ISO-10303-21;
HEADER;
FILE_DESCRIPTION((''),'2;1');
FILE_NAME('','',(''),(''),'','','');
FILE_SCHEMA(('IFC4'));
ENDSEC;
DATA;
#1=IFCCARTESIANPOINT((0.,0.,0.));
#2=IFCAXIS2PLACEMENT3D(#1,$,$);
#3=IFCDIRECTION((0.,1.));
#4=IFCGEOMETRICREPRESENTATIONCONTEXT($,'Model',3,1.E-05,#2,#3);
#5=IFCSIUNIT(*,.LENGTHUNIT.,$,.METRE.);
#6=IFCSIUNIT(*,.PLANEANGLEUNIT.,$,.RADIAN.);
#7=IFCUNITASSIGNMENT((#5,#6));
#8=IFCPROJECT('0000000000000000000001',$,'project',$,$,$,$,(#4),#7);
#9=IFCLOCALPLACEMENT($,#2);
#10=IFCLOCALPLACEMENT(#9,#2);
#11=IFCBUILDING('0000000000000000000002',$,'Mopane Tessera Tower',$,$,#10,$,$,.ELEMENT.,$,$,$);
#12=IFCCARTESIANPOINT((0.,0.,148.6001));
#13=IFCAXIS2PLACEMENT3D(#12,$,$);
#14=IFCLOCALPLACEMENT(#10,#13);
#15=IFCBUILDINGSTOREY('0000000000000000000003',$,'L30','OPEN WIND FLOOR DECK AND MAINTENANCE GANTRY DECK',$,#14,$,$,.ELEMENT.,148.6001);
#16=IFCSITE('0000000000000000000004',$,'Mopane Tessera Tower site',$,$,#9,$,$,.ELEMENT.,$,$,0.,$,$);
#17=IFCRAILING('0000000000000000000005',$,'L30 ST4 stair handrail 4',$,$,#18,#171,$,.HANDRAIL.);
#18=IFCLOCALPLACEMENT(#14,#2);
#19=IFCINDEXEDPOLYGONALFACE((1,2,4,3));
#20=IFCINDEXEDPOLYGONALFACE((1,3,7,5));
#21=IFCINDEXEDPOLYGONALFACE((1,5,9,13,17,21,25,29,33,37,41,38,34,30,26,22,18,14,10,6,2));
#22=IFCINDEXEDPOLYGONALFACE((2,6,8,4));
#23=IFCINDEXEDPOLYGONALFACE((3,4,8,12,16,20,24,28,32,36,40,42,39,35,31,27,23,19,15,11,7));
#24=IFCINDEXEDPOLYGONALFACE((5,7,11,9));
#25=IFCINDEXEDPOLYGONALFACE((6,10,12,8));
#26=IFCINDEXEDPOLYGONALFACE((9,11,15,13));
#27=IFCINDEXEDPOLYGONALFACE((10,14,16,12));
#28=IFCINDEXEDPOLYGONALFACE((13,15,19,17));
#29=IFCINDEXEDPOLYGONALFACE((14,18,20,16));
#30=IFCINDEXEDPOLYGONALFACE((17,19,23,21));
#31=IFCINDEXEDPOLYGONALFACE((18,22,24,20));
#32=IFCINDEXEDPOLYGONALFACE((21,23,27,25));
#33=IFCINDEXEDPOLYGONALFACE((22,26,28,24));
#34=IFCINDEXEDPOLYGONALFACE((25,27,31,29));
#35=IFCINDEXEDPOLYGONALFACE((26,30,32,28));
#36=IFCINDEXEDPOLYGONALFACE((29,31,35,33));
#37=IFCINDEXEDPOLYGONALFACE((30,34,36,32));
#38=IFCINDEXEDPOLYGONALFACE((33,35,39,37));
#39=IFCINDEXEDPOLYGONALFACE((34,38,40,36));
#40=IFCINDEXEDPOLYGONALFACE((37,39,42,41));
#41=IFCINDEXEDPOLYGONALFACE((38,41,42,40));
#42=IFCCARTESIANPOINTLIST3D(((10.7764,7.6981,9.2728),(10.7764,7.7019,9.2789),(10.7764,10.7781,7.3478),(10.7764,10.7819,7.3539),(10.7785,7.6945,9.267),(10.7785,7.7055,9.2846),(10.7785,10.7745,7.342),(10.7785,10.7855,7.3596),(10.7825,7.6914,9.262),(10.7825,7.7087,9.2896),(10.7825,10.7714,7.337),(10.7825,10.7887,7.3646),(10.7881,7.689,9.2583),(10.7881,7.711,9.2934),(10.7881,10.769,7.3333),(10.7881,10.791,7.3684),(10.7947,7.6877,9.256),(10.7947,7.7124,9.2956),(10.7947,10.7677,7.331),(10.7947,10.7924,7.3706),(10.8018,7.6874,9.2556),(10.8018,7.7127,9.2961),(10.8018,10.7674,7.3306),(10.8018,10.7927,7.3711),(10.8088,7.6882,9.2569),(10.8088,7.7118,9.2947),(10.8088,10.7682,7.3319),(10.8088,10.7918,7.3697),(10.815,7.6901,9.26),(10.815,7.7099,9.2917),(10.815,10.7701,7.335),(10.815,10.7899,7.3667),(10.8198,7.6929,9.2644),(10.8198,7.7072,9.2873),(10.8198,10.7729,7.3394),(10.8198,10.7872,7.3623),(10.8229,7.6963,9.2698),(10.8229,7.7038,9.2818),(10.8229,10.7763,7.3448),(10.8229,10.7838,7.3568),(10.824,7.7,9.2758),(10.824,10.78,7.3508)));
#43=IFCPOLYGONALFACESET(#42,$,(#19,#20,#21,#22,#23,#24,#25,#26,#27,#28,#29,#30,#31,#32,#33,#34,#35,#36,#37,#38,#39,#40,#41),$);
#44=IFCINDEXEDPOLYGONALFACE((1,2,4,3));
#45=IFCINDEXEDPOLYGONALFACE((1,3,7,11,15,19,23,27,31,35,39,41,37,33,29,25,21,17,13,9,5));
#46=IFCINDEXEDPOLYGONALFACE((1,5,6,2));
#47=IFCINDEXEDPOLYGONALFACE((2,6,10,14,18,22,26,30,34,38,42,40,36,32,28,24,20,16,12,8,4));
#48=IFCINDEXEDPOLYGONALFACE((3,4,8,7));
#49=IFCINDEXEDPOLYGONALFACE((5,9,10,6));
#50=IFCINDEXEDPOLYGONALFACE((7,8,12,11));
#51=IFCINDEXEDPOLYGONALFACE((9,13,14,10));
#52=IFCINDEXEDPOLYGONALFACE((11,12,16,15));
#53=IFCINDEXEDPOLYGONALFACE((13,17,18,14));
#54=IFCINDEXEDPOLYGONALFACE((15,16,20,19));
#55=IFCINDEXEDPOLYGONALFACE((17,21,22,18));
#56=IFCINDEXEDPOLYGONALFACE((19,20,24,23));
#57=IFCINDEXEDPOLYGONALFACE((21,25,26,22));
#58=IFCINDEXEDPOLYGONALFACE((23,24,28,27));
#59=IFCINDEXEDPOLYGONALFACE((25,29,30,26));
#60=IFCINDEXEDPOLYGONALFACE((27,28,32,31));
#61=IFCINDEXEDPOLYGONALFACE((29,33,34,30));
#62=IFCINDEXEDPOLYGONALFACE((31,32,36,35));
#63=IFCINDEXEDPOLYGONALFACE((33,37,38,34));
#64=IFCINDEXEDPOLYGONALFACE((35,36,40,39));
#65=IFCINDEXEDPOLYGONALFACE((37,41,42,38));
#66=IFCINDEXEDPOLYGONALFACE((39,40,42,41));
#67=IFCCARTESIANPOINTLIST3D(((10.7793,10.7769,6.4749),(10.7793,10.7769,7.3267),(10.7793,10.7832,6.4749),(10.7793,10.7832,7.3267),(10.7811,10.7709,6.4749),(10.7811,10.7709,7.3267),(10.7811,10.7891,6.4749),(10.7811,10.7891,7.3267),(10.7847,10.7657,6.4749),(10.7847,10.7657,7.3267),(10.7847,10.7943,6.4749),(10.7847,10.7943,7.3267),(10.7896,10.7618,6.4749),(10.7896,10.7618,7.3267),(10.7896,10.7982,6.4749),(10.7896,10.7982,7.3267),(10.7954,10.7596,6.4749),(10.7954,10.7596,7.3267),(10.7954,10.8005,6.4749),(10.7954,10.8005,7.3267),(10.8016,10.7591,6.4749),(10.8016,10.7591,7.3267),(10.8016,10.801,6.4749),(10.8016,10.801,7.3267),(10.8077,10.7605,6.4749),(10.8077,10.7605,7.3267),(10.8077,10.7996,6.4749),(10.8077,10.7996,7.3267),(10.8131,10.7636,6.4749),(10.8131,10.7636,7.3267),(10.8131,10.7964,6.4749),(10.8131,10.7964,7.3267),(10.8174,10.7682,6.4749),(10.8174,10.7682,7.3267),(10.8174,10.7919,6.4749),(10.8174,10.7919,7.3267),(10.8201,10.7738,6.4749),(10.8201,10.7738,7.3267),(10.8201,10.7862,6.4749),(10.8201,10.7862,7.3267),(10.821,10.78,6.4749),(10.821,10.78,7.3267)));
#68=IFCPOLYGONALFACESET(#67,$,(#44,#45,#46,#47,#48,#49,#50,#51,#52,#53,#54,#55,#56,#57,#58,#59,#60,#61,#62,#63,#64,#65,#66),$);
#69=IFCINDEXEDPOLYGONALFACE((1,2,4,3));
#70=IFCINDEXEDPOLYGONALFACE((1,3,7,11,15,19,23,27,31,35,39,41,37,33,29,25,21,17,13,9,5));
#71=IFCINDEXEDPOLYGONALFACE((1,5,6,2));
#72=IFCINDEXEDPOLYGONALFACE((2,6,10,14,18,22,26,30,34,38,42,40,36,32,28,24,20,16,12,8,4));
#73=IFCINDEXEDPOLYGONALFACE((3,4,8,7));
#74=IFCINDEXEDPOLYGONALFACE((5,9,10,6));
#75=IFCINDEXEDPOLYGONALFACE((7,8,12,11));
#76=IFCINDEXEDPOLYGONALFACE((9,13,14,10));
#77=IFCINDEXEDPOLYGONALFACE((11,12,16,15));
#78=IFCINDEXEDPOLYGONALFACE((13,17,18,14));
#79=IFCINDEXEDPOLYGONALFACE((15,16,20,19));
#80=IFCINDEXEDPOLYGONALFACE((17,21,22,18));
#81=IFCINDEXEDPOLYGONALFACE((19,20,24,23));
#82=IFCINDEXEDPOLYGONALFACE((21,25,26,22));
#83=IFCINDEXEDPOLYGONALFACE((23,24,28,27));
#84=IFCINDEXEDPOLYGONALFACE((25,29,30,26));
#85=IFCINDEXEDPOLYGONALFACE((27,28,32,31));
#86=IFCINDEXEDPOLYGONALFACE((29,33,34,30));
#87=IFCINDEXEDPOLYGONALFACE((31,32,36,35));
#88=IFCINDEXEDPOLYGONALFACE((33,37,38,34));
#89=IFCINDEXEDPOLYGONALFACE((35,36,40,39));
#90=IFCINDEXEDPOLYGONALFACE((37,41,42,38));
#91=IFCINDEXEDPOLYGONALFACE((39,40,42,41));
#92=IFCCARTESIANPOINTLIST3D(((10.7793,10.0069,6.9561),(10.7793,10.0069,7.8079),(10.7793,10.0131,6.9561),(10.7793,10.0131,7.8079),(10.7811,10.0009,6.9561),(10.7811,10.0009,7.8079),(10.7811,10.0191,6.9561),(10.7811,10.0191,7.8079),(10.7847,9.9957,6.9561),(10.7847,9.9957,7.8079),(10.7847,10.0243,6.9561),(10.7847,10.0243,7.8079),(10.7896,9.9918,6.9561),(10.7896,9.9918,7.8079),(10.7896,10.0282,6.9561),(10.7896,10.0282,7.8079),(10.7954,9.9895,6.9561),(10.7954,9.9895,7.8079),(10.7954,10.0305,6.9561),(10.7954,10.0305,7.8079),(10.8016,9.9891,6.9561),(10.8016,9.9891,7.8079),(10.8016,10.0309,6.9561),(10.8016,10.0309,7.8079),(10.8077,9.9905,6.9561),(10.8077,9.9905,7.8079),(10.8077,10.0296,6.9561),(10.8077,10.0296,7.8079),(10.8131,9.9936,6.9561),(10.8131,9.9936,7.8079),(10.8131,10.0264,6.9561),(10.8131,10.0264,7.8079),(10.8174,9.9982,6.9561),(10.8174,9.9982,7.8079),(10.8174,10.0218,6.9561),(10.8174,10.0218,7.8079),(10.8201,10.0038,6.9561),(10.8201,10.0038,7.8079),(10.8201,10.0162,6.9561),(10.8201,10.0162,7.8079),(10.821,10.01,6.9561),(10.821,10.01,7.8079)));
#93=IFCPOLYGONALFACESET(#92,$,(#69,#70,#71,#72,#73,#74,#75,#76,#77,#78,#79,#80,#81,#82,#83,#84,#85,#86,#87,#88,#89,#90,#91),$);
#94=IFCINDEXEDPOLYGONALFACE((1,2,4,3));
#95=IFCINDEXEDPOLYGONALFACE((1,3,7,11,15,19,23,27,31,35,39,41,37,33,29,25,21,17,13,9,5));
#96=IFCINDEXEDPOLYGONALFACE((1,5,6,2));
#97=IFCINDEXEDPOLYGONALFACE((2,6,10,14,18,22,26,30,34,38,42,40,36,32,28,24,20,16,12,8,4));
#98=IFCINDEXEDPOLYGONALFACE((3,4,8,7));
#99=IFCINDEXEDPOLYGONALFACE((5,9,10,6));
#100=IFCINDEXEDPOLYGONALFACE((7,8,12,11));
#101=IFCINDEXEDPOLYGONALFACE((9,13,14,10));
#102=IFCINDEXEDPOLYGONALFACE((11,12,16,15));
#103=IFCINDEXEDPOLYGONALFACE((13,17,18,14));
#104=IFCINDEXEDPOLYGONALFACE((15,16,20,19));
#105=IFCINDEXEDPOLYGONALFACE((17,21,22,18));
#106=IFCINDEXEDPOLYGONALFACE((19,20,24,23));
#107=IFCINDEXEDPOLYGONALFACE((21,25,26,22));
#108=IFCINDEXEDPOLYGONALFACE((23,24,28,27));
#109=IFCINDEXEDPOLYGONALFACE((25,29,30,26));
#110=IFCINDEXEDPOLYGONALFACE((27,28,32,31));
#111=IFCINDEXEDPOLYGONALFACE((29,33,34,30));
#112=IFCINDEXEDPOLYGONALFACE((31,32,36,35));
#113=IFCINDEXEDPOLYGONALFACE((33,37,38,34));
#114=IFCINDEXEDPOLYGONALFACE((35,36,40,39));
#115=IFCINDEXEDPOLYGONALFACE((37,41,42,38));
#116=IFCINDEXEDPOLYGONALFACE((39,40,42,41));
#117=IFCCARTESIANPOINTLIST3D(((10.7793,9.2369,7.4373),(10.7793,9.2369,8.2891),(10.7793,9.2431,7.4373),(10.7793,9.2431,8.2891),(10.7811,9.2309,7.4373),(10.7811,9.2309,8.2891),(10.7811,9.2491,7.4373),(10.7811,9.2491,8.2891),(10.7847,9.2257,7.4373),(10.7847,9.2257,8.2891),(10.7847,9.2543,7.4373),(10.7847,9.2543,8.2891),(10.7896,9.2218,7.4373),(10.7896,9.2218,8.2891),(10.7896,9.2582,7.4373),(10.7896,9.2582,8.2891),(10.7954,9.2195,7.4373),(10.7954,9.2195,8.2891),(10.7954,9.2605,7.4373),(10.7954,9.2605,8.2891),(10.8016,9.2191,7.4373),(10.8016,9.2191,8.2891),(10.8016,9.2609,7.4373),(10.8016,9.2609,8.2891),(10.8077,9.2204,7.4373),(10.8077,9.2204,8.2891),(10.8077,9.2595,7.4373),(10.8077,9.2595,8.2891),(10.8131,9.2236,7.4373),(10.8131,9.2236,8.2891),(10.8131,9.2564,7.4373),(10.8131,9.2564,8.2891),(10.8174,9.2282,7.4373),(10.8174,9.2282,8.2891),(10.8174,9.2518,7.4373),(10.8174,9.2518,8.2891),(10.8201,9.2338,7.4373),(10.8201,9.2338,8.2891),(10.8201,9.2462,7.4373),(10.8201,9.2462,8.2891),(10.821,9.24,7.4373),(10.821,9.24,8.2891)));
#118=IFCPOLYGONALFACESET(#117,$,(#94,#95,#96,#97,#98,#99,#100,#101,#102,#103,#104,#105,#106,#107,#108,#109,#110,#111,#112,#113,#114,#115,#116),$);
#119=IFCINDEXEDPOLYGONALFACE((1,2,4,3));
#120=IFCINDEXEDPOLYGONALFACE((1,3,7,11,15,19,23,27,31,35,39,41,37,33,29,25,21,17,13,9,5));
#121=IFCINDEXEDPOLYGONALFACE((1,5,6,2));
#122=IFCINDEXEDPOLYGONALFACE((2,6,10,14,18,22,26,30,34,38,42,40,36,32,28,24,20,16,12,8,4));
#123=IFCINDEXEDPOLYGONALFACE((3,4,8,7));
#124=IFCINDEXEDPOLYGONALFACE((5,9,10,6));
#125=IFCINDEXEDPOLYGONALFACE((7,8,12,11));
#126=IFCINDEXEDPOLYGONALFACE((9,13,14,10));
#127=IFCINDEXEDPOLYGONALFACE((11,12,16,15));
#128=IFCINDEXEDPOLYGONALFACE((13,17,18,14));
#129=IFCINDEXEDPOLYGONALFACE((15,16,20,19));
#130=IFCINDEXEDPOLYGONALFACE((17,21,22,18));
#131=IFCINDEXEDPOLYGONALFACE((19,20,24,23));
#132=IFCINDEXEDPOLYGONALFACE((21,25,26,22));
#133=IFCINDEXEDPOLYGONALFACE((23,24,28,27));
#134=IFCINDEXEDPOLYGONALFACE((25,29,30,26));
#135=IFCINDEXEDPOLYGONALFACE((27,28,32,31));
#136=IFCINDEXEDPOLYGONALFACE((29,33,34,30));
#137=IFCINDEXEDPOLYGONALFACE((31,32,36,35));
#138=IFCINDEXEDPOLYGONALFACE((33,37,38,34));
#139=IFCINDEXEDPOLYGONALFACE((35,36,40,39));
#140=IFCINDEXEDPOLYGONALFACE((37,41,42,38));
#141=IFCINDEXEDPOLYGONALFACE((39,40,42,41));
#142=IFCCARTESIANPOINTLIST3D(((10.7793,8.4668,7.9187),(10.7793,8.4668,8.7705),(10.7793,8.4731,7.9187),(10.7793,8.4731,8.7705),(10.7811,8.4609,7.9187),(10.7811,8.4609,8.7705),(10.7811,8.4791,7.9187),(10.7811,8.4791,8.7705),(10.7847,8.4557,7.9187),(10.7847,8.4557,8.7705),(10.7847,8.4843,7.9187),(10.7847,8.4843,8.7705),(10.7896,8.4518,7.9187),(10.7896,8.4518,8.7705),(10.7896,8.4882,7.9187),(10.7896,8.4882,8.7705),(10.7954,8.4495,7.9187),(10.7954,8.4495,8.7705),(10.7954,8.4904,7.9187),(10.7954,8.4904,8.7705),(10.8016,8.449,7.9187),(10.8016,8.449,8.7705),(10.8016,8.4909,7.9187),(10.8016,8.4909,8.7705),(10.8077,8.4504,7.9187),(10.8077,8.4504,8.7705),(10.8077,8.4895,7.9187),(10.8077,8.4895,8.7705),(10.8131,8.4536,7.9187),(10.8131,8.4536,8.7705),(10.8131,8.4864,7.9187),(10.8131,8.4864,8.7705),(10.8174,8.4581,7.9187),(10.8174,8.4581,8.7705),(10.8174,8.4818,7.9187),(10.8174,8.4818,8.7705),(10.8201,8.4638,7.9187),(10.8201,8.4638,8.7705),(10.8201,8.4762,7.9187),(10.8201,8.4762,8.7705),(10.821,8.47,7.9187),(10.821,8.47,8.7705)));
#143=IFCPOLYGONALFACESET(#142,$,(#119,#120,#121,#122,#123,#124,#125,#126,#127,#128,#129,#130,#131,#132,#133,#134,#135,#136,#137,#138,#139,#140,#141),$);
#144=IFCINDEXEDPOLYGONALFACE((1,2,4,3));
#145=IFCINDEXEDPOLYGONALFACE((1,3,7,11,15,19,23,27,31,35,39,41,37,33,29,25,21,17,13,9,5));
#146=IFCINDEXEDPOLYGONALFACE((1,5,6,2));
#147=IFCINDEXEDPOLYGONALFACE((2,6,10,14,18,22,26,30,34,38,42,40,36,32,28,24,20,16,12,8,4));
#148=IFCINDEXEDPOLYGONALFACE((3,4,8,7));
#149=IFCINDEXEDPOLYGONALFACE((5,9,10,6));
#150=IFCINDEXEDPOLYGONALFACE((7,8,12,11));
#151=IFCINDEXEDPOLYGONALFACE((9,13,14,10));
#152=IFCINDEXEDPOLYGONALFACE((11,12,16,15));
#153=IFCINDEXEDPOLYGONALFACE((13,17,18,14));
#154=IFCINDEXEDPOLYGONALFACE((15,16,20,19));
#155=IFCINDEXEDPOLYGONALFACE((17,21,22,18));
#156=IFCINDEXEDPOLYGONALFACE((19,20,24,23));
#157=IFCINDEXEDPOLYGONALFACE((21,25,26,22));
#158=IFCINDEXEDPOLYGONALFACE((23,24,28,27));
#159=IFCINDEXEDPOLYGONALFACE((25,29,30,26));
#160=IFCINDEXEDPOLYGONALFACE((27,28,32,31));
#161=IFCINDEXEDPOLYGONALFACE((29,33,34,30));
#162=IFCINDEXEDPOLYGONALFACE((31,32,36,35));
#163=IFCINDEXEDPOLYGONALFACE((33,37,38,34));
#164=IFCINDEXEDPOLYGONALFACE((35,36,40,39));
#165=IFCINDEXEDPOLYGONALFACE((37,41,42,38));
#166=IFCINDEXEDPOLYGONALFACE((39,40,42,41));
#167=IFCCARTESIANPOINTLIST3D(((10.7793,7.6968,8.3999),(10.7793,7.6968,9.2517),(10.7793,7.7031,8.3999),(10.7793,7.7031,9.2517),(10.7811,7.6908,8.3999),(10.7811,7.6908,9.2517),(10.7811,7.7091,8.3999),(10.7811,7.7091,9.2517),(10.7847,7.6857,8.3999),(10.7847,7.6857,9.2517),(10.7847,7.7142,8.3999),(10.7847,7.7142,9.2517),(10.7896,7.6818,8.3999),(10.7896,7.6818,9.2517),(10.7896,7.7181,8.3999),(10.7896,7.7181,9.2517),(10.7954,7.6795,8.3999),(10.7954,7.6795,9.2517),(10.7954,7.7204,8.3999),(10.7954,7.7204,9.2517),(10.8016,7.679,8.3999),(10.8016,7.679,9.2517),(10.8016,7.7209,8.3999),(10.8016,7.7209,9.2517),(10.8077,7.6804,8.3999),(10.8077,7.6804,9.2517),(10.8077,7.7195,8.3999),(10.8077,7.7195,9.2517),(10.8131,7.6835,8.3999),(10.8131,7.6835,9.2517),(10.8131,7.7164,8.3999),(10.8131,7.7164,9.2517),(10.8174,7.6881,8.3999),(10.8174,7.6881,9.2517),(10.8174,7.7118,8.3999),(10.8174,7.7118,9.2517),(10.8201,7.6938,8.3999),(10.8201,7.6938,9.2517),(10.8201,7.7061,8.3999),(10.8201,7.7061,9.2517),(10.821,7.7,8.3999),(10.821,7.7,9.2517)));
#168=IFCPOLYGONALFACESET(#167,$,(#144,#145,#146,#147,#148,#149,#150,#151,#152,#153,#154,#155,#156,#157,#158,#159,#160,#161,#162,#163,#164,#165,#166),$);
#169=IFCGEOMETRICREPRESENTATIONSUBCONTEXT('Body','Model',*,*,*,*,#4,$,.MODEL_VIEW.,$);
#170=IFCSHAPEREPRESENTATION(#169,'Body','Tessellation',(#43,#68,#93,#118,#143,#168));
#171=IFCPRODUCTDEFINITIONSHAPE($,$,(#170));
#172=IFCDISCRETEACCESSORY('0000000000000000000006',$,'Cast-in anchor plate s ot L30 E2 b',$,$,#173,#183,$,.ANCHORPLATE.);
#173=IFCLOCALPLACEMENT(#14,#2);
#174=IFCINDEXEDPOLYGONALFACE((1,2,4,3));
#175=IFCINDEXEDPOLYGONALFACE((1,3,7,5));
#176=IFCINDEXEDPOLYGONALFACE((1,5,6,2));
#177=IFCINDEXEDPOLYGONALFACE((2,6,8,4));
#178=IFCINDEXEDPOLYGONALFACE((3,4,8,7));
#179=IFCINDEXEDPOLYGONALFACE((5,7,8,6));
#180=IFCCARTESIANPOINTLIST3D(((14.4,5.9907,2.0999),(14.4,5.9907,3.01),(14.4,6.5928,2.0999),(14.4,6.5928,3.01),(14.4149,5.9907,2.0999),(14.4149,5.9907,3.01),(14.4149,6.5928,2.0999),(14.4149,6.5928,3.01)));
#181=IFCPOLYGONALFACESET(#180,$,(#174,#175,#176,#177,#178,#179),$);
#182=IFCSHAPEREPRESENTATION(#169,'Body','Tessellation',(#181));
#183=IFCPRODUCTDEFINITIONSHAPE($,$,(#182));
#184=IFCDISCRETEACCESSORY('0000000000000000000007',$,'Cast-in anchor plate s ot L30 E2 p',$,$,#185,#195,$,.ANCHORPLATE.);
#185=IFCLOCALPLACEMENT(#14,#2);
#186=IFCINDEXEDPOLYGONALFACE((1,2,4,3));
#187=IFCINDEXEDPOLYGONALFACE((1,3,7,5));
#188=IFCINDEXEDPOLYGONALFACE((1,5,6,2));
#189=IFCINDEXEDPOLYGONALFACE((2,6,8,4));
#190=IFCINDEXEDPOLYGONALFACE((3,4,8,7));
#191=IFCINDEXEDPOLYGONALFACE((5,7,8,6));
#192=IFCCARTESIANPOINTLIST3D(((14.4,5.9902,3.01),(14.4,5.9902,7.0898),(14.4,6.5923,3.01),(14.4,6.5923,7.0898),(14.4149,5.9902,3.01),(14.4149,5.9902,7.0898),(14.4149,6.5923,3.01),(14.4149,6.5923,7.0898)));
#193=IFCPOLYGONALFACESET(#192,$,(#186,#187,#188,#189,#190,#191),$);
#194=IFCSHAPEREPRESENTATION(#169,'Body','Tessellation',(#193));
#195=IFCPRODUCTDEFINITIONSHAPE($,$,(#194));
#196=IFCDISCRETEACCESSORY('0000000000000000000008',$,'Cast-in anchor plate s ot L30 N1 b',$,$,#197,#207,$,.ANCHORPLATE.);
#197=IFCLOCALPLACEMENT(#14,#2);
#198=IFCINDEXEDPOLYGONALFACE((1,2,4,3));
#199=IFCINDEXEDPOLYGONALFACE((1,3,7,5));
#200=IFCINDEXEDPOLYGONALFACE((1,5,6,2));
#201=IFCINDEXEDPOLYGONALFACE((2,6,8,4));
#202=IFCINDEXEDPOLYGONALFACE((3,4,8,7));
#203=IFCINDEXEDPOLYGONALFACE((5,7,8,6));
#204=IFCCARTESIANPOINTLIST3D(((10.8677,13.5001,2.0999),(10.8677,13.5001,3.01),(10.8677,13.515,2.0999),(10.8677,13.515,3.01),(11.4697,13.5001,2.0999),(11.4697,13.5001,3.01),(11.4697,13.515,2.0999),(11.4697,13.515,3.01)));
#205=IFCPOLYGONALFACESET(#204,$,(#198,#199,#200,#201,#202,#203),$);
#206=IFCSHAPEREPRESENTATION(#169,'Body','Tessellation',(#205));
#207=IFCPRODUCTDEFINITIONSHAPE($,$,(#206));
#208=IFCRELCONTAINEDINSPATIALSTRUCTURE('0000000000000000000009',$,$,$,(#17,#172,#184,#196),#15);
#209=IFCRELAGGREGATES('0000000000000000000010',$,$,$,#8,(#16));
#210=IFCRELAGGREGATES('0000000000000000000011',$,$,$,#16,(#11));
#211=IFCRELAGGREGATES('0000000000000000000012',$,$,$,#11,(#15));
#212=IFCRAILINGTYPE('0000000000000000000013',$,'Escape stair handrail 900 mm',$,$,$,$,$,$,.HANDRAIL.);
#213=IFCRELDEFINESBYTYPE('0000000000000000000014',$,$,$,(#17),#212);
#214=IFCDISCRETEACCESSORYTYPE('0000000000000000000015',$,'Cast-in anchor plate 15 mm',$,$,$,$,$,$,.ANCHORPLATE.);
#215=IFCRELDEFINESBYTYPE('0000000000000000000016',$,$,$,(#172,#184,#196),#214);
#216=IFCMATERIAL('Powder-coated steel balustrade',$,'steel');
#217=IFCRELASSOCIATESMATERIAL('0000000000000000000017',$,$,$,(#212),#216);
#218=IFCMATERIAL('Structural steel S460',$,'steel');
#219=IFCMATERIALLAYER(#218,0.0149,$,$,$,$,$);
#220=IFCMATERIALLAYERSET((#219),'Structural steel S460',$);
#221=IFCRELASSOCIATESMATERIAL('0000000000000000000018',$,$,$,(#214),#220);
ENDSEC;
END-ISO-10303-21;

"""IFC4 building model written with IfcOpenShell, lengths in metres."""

from ifc_helpers import new_model, si_unit, direction, frame, origin, origin_2d, place, context, subcontext, project, spatial, rectangle, circle, extrude, material, layer, layer_set, type_object, element, save


model = new_model("IFC4")

# Units and contexts
model_context = context("Model", 3, precision=1e-05, world=origin(), true_north=direction((0.0, 1.0)))
body_context = subcontext(model_context, "Body", "Model", "MODEL_VIEW")
ifc_project = project(units=[si_unit("LENGTHUNIT", "METRE"), si_unit("PLANEANGLEUNIT", "RADIAN")], contexts=[model_context])

# Site, building, storey
site_placement = place(None, origin())
site = spatial("IfcSite", under=ifc_project, at=site_placement, Name="Mopane Tessera Tower site", CompositionType="ELEMENT", RefElevation=0.0)
building_placement = place(site_placement, origin())
building = spatial("IfcBuilding", under=site, at=building_placement, Name="Mopane Tessera Tower", CompositionType="ELEMENT")
storey_placement = place(building_placement, frame((0.0, 0.0, 148.6001)))
storey = spatial("IfcBuildingStorey", under=building, at=storey_placement, Name="L30", Description="OPEN WIND FLOOR DECK AND MAINTENANCE GANTRY DECK", CompositionType="ELEMENT", Elevation=148.6001)

# Railing
ifc_material_1 = material(Name="Powder-coated steel balustrade", Category="steel")
railing_type_1 = type_object("IfcRailingType", Name="Escape stair handrail 900 mm", PredefinedType="HANDRAIL", material=ifc_material_1)
railing_1_placement = place(storey_placement, frame((10.8, 10.78, 6.4749)))
element("IfcRailing", 1, at=railing_1_placement, inside=storey, type_object=railing_type_1, Name="L30 ST4 stair handrail 4", PredefinedType="HANDRAIL", context=body_context, shape_type="SweptSolid", body=[
    extrude(circle(Radius=0.0239, at=origin_2d()), frame((0.0, 0.0, 0.876), z_axis=(0.0, -0.847998, 0.529999), x_axis=(1.0, 0.0, 0.0)), (0.0, 0.0, 1.0), 3.6321),
    extrude(circle(Radius=0.021, at=origin_2d()), origin(), (0.0, 0.0, 1.0), 0.8518),
    extrude(circle(Radius=0.021, at=origin_2d()), frame((0.0, -0.77, 0.4812)), (0.0, 0.0, 1.0), 0.8518),
    extrude(circle(Radius=0.021, at=origin_2d()), frame((0.0, -1.54, 0.9624)), (0.0, 0.0, 1.0), 0.8518),
    extrude(circle(Radius=0.021, at=origin_2d()), frame((0.0, -2.3101, 1.4438)), (0.0, 0.0, 1.0), 0.8518),
    extrude(circle(Radius=0.021, at=origin_2d()), frame((0.0, -3.0801, 1.925)), (0.0, 0.0, 1.0), 0.8518),
])

# Discrete accessories
ifc_material_2 = material(Name="Structural steel S460", Category="steel")
ifc_layer_1 = layer(ifc_material_2, 0.0149)
ifc_layer_set_1 = layer_set([ifc_layer_1], Name="Structural steel S460")
discrete_accessory_type = type_object("IfcDiscreteAccessoryType", Name="Cast-in anchor plate 15 mm", PredefinedType="ANCHORPLATE", material=ifc_layer_set_1)
discrete_accessory_1_placement = place(storey_placement, frame((14.4075, 6.2917, 2.0999), z_axis=(0.0, 0.0, 1.0), x_axis=(1.0, 0.0, 0.0)))
element("IfcDiscreteAccessory", 2, at=discrete_accessory_1_placement, inside=storey, type_object=discrete_accessory_type, Name="Cast-in anchor plate s ot L30 E2 b", PredefinedType="ANCHORPLATE", context=body_context, shape_type="SweptSolid", body=[
    extrude(rectangle(XDim=0.0149, YDim=0.6021, at=origin_2d()), origin(), (0.0, 0.0, 1.0), 0.9102),
])
discrete_accessory_2_placement = place(storey_placement, frame((14.4075, 6.2913, 3.01), z_axis=(0.0, 0.0, 1.0), x_axis=(1.0, 0.0, 0.0)))
element("IfcDiscreteAccessory", 3, at=discrete_accessory_2_placement, inside=storey, type_object=discrete_accessory_type, Name="Cast-in anchor plate s ot L30 E2 p", PredefinedType="ANCHORPLATE", context=body_context, shape_type="SweptSolid", body=[
    extrude(rectangle(XDim=0.0149, YDim=0.6021, at=origin_2d()), origin(), (0.0, 0.0, 1.0), 4.0798),
])
for number, where, z_axis, x_axis, name in (
    (4, (11.1687, 13.5076, 2.0999), (0.0, 0.0, 1.0), (0.0, 1.0, 0.0), "Cast-in anchor plate s ot L30 N1 b"),
):
    element("IfcDiscreteAccessory", number, at=place(storey_placement, frame(where, z_axis=z_axis, x_axis=x_axis)), inside=storey, type_object=discrete_accessory_type, Name=name, PredefinedType="ANCHORPLATE", context=body_context, shape_type="SweptSolid", body=[
        extrude(rectangle(XDim=0.0149, YDim=0.6021, at=origin_2d()), origin(), (0.0, 0.0, 1.0), 0.9102),
    ])

save(model, "model.ifc")
